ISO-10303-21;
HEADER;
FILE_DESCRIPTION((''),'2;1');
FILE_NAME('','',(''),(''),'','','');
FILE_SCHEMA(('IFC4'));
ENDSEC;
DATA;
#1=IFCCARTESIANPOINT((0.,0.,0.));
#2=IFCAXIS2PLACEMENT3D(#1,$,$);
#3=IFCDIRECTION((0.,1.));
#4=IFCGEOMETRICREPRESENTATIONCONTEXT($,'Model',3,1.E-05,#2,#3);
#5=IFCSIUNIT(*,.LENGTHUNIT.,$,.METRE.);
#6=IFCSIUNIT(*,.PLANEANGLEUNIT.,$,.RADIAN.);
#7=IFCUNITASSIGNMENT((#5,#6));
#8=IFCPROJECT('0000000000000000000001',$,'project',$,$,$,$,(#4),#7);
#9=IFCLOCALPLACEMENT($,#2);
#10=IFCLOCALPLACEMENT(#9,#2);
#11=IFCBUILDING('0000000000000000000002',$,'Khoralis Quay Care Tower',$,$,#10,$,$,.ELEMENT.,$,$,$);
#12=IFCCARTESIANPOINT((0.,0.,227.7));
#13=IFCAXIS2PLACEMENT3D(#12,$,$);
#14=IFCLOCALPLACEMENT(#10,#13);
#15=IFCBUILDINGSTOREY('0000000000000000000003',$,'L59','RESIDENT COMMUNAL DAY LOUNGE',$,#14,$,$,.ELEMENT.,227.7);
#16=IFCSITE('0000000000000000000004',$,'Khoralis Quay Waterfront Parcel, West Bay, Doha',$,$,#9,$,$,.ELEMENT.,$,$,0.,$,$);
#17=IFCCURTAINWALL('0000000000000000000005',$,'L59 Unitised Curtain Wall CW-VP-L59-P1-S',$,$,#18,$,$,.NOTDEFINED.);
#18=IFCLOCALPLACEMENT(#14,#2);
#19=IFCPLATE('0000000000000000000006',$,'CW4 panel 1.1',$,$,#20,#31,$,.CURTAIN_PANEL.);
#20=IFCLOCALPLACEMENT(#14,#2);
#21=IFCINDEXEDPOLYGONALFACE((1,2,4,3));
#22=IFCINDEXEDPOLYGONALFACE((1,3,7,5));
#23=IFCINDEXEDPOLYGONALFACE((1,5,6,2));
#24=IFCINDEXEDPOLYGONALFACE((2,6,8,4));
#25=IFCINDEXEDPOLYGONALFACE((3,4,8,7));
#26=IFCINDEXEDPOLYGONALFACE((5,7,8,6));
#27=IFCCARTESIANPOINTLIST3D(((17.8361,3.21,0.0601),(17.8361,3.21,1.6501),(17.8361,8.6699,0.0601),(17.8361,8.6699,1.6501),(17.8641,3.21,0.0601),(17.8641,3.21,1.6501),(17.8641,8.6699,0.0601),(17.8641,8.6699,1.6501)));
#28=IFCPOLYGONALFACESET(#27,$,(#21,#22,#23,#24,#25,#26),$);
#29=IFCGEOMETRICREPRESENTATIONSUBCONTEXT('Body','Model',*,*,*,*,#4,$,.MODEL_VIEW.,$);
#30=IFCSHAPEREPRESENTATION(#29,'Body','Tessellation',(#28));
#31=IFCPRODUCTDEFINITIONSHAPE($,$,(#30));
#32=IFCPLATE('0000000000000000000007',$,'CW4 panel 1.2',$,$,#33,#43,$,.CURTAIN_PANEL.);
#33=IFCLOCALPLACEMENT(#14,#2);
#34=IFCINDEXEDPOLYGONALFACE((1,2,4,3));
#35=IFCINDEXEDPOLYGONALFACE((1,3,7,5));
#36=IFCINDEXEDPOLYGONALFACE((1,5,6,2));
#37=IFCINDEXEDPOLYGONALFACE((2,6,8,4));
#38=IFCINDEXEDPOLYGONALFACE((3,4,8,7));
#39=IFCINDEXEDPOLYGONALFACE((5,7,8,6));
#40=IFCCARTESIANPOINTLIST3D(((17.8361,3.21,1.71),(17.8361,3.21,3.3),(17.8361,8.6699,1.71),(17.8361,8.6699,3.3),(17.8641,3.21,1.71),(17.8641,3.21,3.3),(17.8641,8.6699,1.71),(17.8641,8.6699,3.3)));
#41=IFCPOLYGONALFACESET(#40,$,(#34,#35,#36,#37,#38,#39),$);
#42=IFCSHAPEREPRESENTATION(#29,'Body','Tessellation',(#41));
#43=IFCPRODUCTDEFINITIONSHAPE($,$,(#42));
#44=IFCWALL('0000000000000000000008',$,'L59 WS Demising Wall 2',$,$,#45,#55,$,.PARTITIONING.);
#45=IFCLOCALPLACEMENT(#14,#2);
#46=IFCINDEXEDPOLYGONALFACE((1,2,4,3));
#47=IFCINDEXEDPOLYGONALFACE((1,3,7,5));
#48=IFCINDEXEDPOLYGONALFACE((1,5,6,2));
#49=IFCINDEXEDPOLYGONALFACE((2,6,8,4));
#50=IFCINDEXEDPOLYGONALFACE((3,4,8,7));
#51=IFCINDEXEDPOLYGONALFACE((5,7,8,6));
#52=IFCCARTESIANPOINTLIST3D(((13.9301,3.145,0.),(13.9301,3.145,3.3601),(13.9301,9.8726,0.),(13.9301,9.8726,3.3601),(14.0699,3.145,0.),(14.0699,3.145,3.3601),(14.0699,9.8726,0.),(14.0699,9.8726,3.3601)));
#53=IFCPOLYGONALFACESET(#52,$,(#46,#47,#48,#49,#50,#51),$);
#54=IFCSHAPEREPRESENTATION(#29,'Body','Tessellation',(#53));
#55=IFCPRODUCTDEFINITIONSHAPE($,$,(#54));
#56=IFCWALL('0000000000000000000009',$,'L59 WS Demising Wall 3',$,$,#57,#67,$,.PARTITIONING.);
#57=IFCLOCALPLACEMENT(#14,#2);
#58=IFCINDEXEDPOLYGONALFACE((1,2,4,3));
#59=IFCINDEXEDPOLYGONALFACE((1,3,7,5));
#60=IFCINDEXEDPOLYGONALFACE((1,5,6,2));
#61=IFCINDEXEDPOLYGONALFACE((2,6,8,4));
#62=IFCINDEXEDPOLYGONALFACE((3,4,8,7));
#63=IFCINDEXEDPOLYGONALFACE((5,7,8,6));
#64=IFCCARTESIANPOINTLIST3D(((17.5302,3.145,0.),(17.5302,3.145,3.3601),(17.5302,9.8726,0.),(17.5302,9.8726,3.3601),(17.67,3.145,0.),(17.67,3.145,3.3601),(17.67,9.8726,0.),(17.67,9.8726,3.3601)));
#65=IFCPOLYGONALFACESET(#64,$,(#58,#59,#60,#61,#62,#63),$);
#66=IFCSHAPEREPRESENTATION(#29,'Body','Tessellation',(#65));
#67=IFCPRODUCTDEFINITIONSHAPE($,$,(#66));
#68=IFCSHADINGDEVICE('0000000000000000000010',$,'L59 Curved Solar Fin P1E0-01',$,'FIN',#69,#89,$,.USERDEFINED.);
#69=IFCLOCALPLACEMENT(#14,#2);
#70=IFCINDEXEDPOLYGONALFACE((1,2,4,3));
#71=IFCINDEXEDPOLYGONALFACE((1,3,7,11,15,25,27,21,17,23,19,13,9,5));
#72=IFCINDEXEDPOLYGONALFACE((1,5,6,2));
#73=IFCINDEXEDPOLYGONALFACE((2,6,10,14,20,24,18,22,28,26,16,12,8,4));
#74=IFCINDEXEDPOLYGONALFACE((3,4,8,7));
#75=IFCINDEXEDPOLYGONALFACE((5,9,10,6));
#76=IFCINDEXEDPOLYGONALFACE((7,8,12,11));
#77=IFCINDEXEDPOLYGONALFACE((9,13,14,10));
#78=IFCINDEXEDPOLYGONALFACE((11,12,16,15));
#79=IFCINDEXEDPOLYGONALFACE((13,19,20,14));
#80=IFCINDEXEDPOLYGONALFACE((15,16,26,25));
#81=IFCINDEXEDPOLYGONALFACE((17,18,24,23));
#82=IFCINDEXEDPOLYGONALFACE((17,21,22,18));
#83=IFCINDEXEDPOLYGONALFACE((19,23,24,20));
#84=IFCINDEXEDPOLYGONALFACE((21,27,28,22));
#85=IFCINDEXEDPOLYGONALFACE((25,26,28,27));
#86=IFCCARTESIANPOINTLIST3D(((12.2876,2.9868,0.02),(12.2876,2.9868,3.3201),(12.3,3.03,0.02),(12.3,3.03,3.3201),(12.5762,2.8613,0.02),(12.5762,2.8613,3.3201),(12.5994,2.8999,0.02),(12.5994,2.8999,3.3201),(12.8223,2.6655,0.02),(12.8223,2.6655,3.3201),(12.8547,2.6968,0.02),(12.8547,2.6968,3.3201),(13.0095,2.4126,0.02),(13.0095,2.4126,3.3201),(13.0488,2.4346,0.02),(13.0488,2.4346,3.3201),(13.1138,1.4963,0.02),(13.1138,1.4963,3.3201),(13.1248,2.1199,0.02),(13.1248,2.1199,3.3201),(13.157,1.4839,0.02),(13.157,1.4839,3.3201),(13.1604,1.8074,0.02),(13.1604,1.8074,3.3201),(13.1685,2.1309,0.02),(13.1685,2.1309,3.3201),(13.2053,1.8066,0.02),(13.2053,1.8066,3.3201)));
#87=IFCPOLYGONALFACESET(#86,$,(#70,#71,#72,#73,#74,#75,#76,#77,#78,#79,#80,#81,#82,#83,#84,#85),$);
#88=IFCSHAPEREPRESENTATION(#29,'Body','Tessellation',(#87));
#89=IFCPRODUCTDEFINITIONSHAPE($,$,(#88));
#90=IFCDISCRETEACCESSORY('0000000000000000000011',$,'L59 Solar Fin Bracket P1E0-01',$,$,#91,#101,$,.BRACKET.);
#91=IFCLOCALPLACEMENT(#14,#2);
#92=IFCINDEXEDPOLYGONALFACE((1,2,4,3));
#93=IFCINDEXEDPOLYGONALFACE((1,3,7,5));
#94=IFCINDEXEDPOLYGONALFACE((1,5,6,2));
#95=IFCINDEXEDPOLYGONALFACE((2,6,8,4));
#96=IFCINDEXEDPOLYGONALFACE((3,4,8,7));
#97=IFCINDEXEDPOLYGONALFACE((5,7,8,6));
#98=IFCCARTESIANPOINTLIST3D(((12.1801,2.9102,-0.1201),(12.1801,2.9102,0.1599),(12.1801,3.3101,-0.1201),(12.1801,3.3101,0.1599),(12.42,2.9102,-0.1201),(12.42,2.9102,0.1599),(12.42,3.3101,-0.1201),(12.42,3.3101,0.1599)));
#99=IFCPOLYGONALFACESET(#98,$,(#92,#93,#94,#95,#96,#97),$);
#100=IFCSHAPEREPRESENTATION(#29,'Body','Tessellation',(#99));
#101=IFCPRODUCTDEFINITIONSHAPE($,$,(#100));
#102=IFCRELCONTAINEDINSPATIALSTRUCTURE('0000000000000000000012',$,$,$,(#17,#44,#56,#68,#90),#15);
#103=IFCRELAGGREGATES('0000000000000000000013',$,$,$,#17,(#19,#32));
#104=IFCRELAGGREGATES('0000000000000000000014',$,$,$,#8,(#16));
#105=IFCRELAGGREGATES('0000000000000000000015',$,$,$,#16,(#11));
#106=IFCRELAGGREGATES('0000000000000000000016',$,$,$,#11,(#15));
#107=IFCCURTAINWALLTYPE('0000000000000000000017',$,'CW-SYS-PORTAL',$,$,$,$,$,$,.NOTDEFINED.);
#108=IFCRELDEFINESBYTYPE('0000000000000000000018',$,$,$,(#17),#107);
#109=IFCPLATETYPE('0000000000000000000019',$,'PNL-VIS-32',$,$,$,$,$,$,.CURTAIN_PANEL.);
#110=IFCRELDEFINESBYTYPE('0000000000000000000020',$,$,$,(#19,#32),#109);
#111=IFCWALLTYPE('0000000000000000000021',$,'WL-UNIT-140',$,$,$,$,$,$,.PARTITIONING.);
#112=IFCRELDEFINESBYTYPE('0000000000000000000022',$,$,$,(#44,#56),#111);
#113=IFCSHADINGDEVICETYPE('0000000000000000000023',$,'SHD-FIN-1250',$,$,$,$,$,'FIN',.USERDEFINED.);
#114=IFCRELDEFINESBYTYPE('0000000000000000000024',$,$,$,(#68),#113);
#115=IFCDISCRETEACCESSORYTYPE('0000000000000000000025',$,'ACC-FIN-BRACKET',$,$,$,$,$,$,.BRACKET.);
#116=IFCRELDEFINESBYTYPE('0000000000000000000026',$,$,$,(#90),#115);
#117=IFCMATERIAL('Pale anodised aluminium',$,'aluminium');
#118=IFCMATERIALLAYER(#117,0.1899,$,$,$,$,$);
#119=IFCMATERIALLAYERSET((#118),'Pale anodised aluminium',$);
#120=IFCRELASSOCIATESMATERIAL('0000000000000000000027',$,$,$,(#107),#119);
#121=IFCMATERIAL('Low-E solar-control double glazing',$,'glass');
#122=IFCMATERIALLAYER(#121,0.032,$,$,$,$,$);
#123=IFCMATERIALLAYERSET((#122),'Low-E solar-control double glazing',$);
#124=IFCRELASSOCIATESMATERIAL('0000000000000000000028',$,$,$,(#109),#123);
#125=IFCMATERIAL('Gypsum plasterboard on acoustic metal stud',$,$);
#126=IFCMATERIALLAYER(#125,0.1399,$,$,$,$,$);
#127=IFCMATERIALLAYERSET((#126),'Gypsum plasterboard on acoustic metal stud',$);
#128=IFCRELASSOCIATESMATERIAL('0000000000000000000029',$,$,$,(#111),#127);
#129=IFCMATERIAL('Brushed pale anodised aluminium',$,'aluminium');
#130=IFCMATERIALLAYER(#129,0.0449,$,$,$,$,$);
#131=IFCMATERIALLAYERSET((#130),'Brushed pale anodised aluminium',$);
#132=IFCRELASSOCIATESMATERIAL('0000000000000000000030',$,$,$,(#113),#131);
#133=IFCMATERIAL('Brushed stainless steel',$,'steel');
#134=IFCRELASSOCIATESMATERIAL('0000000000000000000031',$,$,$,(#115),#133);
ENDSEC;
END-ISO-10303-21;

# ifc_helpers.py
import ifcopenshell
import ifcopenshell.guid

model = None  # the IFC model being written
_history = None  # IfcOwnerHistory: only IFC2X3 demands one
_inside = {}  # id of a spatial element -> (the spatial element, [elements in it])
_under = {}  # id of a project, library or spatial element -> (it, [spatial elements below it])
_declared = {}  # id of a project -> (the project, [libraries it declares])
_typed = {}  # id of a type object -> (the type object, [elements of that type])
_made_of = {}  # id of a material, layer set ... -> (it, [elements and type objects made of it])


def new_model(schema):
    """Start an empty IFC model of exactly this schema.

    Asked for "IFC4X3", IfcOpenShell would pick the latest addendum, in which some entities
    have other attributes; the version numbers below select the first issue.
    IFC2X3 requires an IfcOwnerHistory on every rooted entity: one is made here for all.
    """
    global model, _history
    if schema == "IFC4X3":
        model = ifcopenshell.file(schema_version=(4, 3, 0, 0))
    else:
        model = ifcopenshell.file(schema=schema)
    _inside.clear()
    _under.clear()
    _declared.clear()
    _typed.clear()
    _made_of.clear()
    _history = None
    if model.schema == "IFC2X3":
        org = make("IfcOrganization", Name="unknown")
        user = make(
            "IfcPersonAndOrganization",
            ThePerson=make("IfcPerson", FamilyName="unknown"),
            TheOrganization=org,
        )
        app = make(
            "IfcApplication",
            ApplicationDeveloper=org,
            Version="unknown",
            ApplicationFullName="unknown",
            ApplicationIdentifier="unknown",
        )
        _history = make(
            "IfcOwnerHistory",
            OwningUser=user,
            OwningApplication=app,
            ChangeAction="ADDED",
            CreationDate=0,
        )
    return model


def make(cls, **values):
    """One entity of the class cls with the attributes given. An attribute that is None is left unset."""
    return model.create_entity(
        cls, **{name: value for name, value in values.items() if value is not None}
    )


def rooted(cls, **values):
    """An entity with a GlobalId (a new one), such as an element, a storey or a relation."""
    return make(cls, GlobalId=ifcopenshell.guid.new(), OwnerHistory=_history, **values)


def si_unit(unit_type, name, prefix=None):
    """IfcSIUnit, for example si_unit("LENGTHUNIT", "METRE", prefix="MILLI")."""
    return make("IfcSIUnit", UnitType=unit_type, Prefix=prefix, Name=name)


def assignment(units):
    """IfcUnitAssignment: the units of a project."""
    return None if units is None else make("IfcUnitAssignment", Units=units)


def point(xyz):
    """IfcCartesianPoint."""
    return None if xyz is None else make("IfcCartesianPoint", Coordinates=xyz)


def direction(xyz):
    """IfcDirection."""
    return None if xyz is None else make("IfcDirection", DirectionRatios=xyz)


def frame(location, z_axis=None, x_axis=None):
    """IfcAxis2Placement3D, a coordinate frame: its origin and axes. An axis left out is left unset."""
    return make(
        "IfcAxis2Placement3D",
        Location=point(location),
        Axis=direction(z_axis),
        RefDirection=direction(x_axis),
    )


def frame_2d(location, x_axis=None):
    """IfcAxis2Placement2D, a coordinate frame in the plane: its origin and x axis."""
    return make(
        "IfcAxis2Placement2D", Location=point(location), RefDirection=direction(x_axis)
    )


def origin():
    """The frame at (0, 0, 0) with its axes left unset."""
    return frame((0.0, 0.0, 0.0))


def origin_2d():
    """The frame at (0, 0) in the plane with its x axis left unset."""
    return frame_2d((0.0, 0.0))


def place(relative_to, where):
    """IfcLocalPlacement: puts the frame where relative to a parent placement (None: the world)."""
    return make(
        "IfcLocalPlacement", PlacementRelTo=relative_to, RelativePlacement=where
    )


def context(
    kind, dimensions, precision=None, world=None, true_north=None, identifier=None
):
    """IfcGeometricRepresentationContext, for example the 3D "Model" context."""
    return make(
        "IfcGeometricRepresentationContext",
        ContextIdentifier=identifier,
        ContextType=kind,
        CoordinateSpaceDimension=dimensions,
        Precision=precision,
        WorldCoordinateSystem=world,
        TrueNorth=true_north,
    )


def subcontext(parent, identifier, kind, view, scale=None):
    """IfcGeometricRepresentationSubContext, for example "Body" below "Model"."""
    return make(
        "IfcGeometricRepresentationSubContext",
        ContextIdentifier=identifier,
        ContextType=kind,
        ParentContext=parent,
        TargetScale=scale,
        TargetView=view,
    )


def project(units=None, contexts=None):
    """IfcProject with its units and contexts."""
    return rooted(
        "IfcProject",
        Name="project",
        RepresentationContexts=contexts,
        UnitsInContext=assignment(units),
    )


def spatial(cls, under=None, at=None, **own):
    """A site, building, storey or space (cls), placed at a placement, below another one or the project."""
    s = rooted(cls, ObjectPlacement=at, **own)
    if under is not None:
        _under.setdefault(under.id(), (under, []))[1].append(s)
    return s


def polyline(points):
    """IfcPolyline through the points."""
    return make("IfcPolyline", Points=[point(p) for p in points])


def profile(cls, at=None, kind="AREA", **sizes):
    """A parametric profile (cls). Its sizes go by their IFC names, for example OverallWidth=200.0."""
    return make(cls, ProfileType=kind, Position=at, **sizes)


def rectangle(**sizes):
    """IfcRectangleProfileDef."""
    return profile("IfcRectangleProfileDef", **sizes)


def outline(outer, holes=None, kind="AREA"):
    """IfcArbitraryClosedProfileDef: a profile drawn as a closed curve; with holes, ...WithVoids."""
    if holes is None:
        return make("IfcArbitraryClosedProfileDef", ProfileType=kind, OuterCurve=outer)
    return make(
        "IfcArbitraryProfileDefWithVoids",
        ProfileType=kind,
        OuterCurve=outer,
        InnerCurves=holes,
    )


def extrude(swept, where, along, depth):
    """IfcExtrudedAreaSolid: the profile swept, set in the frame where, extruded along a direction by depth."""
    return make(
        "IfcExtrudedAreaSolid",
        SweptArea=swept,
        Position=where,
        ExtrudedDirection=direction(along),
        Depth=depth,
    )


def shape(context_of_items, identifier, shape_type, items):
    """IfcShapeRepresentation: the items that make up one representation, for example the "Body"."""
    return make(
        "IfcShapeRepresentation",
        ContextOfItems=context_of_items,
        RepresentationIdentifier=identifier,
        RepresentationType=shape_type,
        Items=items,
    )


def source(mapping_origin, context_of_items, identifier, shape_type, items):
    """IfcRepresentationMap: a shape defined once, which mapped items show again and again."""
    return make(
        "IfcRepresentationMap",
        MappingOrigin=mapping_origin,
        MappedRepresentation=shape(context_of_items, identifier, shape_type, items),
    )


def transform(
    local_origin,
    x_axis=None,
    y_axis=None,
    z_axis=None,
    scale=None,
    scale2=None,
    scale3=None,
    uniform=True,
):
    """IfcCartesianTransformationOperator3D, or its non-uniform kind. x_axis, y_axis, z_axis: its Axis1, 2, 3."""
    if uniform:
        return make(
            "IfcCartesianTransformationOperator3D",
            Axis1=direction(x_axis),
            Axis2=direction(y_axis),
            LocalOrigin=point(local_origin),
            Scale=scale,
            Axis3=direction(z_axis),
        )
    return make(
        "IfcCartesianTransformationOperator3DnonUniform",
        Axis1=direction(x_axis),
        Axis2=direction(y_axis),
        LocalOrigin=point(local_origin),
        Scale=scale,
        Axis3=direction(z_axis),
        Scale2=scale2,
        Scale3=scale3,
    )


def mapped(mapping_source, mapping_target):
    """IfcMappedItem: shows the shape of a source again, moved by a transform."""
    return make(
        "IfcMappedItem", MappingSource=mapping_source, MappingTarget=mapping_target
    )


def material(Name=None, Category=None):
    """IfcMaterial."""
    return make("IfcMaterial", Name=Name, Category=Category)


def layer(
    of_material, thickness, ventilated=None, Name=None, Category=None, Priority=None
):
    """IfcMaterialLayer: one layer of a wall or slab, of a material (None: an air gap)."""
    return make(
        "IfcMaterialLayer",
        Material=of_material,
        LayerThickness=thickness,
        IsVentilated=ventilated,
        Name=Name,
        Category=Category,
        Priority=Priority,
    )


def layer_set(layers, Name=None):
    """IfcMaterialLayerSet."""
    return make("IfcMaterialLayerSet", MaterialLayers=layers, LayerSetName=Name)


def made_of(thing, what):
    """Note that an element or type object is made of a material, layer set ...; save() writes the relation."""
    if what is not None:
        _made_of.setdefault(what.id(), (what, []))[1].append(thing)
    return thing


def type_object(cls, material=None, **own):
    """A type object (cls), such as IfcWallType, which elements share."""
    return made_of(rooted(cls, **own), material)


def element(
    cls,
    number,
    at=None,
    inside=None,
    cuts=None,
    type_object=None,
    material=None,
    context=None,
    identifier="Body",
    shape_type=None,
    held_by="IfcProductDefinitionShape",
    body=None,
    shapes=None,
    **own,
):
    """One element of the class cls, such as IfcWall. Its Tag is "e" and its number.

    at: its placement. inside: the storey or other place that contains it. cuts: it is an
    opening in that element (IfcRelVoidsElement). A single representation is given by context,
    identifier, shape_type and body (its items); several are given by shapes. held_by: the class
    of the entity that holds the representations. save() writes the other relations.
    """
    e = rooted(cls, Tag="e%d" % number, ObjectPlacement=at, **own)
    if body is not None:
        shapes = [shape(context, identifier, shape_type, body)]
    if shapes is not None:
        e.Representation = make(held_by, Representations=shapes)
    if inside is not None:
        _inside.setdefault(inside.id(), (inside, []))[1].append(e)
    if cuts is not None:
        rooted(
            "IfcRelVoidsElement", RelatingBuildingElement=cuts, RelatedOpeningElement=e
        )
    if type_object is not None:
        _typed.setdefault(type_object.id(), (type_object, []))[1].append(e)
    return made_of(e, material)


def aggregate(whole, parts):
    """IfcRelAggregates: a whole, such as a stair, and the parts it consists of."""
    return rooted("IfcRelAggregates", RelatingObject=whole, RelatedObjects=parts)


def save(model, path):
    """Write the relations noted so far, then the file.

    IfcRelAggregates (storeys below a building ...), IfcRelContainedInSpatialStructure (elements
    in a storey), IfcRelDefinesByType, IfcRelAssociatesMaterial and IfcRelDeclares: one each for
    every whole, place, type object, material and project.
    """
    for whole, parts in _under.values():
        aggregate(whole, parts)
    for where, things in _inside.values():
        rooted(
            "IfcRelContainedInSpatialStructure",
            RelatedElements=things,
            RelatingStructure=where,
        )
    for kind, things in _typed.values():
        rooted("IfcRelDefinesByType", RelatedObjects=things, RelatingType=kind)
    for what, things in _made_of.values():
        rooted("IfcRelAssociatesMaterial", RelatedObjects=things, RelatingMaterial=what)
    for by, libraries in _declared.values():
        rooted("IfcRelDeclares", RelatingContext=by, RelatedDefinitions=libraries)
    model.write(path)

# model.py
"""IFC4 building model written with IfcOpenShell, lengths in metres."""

from ifc_helpers import new_model, si_unit, direction, frame, frame_2d, origin, origin_2d, place, context, subcontext, project, spatial, polyline, rectangle, outline, extrude, source, transform, mapped, material, layer, layer_set, type_object, element, aggregate, save


model = new_model("IFC4")

# Units and contexts
model_context = context("Model", 3, precision=1e-05, world=origin(), true_north=direction((0.0, 1.0)))
body_context = subcontext(model_context, "Body", "Model", "MODEL_VIEW")
ifc_project = project(units=[si_unit("LENGTHUNIT", "METRE"), si_unit("PLANEANGLEUNIT", "RADIAN")], contexts=[model_context])

# Site, building, storey
site_placement = place(None, origin())
site = spatial("IfcSite", under=ifc_project, at=site_placement, Name="Khoralis Quay Waterfront Parcel, West Bay, Doha", CompositionType="ELEMENT", RefElevation=0.0)
building_placement = place(site_placement, origin())
building = spatial("IfcBuilding", under=site, at=building_placement, Name="Khoralis Quay Care Tower", CompositionType="ELEMENT")
storey_placement = place(building_placement, frame((0.0, 0.0, 227.7)))
storey = spatial("IfcBuildingStorey", under=building, at=storey_placement, Name="L59", Description="RESIDENT COMMUNAL DAY LOUNGE", CompositionType="ELEMENT", Elevation=227.7)

# Curtain wall, plates
ifc_material_1 = material(Name="Pale anodised aluminium", Category="aluminium")
ifc_layer_1 = layer(ifc_material_1, 0.1899)
ifc_layer_set_1 = layer_set([ifc_layer_1], Name="Pale anodised aluminium")
curtain_wall_type = type_object("IfcCurtainWallType", Name="CW-SYS-PORTAL", PredefinedType="NOTDEFINED", material=ifc_layer_set_1)
curtain_wall_placement = place(storey_placement, origin())
curtain_wall = element("IfcCurtainWall", 1, at=curtain_wall_placement, inside=storey, type_object=curtain_wall_type, Name="L59 Unitised Curtain Wall CW-VP-L59-P1-S", PredefinedType="NOTDEFINED")
ifc_material_2 = material(Name="Low-E solar-control double glazing", Category="glass")
ifc_layer_2 = layer(ifc_material_2, 0.032)
ifc_layer_set_2 = layer_set([ifc_layer_2], Name="Low-E solar-control double glazing")
plate_type = type_object("IfcPlateType", Name="PNL-VIS-32", PredefinedType="CURTAIN_PANEL", material=ifc_layer_set_2)
shared_shape_1 = source(origin(), body_context, "Body", "SweptSolid", [
    extrude(rectangle(XDim=5.46, YDim=0.0281, at=origin_2d()), origin(), (0.0, 0.0, 1.0), 1.5901),
])
plate_1_placement = place(storey_placement, frame((17.8501, 5.9399, 0.0601), z_axis=(0.0, 0.0, 1.0), x_axis=(0.0, 1.0, 0.0)))
plate_1 = element("IfcPlate", 2, at=plate_1_placement, type_object=plate_type, Name="CW4 panel 1.1", PredefinedType="CURTAIN_PANEL", context=body_context, shape_type="MappedRepresentation", body=[
    mapped(shared_shape_1, transform((0.0, 0.0, 0.0), scale=1.0)),
])
plate_2_placement = place(storey_placement, frame((17.8501, 5.9399, 1.71), z_axis=(0.0, 0.0, 1.0), x_axis=(0.0, 1.0, 0.0)))
plate_2 = element("IfcPlate", 3, at=plate_2_placement, type_object=plate_type, Name="CW4 panel 1.2", PredefinedType="CURTAIN_PANEL", context=body_context, shape_type="MappedRepresentation", body=[
    mapped(shared_shape_1, transform((0.0, 0.0, 0.0), scale=1.0)),
])
aggregate(curtain_wall, [plate_1, plate_2])

# Walls
ifc_material_3 = material(Name="Gypsum plasterboard on acoustic metal stud")
ifc_layer_3 = layer(ifc_material_3, 0.1399)
ifc_layer_set_3 = layer_set([ifc_layer_3], Name="Gypsum plasterboard on acoustic metal stud")
wall_type = type_object("IfcWallType", Name="WL-UNIT-140", PredefinedType="PARTITIONING", material=ifc_layer_set_3)
for number, where, z_axis, x_axis, name in (
    (4, (14.0, 3.145, 0.0), (0.0, 0.0, 1.0), (0.0, 1.0, 0.0), "L59 WS Demising Wall 2"),
    (5, (17.6001, 3.145, 0.0), (0.0, 0.0, 1.0), (0.0, 1.0, 0.0), "L59 WS Demising Wall 3"),
):
    element("IfcWall", number, at=place(storey_placement, frame(where, z_axis=z_axis, x_axis=x_axis)), inside=storey, type_object=wall_type, Name=name, PredefinedType="PARTITIONING", context=body_context, shape_type="SweptSolid", body=[
        extrude(rectangle(XDim=6.7275, YDim=0.1399, at=frame_2d((3.3638, 0.0))), origin(), (0.0, 0.0, 1.0), 3.3601),
    ])

# Shading device
ifc_material_4 = material(Name="Brushed pale anodised aluminium", Category="aluminium")
ifc_layer_4 = layer(ifc_material_4, 0.0449)
ifc_layer_set_4 = layer_set([ifc_layer_4], Name="Brushed pale anodised aluminium")
shading_device_type = type_object("IfcShadingDeviceType", Name="SHD-FIN-1250", ElementType="FIN", PredefinedType="USERDEFINED", material=ifc_layer_set_4)
shared_shape_2 = source(origin(), body_context, "Body", "SweptSolid", [
    extrude(outline(polyline([(0.0, 0.0), (0.1301, 0.2993), (0.3333, 0.5547), (0.5955, 0.7488), (0.8992, 0.8684), (1.2234, 0.9053), (1.5461, 0.8569), (1.5337, 0.8137), (1.2227, 0.8604), (0.9102, 0.8247), (0.6174, 0.7095), (0.3645, 0.5222), (0.1687, 0.2761), (0.0432, -0.0125), (0.0, 0.0)])), origin(), (0.0, 0.0, 1.0), 3.3),
])
shading_device_placement = place(storey_placement, frame((12.3, 3.03, 0.02), z_axis=(0.0, 0.0, 1.0), x_axis=(0.0, -1.0, 0.0)))
element("IfcShadingDevice", 6, at=shading_device_placement, inside=storey, type_object=shading_device_type, Name="L59 Curved Solar Fin P1E0-01", ObjectType="FIN", PredefinedType="USERDEFINED", context=body_context, shape_type="MappedRepresentation", body=[
    mapped(shared_shape_2, transform((0.0, 0.0, 0.0), scale=1.0)),
])

# Discrete accessory
ifc_material_5 = material(Name="Brushed stainless steel", Category="steel")
discrete_accessory_type = type_object("IfcDiscreteAccessoryType", Name="ACC-FIN-BRACKET", PredefinedType="BRACKET", material=ifc_material_5)
shared_shape_3 = source(origin(), body_context, "Body", "SweptSolid", [
    extrude(rectangle(XDim=0.3999, YDim=0.24, at=origin_2d()), origin(), (0.0, 0.0, 1.0), 0.28),
])
discrete_accessory_placement = place(storey_placement, frame((12.3, 3.1101, -0.1201), z_axis=(0.0, 0.0, 1.0), x_axis=(0.0, -1.0, 0.0)))
element("IfcDiscreteAccessory", 7, at=discrete_accessory_placement, inside=storey, type_object=discrete_accessory_type, Name="L59 Solar Fin Bracket P1E0-01", PredefinedType="BRACKET", context=body_context, shape_type="MappedRepresentation", body=[
    mapped(shared_shape_3, transform((0.0, 0.0, 0.0), scale=1.0)),
])

save(model, "model.ifc")
